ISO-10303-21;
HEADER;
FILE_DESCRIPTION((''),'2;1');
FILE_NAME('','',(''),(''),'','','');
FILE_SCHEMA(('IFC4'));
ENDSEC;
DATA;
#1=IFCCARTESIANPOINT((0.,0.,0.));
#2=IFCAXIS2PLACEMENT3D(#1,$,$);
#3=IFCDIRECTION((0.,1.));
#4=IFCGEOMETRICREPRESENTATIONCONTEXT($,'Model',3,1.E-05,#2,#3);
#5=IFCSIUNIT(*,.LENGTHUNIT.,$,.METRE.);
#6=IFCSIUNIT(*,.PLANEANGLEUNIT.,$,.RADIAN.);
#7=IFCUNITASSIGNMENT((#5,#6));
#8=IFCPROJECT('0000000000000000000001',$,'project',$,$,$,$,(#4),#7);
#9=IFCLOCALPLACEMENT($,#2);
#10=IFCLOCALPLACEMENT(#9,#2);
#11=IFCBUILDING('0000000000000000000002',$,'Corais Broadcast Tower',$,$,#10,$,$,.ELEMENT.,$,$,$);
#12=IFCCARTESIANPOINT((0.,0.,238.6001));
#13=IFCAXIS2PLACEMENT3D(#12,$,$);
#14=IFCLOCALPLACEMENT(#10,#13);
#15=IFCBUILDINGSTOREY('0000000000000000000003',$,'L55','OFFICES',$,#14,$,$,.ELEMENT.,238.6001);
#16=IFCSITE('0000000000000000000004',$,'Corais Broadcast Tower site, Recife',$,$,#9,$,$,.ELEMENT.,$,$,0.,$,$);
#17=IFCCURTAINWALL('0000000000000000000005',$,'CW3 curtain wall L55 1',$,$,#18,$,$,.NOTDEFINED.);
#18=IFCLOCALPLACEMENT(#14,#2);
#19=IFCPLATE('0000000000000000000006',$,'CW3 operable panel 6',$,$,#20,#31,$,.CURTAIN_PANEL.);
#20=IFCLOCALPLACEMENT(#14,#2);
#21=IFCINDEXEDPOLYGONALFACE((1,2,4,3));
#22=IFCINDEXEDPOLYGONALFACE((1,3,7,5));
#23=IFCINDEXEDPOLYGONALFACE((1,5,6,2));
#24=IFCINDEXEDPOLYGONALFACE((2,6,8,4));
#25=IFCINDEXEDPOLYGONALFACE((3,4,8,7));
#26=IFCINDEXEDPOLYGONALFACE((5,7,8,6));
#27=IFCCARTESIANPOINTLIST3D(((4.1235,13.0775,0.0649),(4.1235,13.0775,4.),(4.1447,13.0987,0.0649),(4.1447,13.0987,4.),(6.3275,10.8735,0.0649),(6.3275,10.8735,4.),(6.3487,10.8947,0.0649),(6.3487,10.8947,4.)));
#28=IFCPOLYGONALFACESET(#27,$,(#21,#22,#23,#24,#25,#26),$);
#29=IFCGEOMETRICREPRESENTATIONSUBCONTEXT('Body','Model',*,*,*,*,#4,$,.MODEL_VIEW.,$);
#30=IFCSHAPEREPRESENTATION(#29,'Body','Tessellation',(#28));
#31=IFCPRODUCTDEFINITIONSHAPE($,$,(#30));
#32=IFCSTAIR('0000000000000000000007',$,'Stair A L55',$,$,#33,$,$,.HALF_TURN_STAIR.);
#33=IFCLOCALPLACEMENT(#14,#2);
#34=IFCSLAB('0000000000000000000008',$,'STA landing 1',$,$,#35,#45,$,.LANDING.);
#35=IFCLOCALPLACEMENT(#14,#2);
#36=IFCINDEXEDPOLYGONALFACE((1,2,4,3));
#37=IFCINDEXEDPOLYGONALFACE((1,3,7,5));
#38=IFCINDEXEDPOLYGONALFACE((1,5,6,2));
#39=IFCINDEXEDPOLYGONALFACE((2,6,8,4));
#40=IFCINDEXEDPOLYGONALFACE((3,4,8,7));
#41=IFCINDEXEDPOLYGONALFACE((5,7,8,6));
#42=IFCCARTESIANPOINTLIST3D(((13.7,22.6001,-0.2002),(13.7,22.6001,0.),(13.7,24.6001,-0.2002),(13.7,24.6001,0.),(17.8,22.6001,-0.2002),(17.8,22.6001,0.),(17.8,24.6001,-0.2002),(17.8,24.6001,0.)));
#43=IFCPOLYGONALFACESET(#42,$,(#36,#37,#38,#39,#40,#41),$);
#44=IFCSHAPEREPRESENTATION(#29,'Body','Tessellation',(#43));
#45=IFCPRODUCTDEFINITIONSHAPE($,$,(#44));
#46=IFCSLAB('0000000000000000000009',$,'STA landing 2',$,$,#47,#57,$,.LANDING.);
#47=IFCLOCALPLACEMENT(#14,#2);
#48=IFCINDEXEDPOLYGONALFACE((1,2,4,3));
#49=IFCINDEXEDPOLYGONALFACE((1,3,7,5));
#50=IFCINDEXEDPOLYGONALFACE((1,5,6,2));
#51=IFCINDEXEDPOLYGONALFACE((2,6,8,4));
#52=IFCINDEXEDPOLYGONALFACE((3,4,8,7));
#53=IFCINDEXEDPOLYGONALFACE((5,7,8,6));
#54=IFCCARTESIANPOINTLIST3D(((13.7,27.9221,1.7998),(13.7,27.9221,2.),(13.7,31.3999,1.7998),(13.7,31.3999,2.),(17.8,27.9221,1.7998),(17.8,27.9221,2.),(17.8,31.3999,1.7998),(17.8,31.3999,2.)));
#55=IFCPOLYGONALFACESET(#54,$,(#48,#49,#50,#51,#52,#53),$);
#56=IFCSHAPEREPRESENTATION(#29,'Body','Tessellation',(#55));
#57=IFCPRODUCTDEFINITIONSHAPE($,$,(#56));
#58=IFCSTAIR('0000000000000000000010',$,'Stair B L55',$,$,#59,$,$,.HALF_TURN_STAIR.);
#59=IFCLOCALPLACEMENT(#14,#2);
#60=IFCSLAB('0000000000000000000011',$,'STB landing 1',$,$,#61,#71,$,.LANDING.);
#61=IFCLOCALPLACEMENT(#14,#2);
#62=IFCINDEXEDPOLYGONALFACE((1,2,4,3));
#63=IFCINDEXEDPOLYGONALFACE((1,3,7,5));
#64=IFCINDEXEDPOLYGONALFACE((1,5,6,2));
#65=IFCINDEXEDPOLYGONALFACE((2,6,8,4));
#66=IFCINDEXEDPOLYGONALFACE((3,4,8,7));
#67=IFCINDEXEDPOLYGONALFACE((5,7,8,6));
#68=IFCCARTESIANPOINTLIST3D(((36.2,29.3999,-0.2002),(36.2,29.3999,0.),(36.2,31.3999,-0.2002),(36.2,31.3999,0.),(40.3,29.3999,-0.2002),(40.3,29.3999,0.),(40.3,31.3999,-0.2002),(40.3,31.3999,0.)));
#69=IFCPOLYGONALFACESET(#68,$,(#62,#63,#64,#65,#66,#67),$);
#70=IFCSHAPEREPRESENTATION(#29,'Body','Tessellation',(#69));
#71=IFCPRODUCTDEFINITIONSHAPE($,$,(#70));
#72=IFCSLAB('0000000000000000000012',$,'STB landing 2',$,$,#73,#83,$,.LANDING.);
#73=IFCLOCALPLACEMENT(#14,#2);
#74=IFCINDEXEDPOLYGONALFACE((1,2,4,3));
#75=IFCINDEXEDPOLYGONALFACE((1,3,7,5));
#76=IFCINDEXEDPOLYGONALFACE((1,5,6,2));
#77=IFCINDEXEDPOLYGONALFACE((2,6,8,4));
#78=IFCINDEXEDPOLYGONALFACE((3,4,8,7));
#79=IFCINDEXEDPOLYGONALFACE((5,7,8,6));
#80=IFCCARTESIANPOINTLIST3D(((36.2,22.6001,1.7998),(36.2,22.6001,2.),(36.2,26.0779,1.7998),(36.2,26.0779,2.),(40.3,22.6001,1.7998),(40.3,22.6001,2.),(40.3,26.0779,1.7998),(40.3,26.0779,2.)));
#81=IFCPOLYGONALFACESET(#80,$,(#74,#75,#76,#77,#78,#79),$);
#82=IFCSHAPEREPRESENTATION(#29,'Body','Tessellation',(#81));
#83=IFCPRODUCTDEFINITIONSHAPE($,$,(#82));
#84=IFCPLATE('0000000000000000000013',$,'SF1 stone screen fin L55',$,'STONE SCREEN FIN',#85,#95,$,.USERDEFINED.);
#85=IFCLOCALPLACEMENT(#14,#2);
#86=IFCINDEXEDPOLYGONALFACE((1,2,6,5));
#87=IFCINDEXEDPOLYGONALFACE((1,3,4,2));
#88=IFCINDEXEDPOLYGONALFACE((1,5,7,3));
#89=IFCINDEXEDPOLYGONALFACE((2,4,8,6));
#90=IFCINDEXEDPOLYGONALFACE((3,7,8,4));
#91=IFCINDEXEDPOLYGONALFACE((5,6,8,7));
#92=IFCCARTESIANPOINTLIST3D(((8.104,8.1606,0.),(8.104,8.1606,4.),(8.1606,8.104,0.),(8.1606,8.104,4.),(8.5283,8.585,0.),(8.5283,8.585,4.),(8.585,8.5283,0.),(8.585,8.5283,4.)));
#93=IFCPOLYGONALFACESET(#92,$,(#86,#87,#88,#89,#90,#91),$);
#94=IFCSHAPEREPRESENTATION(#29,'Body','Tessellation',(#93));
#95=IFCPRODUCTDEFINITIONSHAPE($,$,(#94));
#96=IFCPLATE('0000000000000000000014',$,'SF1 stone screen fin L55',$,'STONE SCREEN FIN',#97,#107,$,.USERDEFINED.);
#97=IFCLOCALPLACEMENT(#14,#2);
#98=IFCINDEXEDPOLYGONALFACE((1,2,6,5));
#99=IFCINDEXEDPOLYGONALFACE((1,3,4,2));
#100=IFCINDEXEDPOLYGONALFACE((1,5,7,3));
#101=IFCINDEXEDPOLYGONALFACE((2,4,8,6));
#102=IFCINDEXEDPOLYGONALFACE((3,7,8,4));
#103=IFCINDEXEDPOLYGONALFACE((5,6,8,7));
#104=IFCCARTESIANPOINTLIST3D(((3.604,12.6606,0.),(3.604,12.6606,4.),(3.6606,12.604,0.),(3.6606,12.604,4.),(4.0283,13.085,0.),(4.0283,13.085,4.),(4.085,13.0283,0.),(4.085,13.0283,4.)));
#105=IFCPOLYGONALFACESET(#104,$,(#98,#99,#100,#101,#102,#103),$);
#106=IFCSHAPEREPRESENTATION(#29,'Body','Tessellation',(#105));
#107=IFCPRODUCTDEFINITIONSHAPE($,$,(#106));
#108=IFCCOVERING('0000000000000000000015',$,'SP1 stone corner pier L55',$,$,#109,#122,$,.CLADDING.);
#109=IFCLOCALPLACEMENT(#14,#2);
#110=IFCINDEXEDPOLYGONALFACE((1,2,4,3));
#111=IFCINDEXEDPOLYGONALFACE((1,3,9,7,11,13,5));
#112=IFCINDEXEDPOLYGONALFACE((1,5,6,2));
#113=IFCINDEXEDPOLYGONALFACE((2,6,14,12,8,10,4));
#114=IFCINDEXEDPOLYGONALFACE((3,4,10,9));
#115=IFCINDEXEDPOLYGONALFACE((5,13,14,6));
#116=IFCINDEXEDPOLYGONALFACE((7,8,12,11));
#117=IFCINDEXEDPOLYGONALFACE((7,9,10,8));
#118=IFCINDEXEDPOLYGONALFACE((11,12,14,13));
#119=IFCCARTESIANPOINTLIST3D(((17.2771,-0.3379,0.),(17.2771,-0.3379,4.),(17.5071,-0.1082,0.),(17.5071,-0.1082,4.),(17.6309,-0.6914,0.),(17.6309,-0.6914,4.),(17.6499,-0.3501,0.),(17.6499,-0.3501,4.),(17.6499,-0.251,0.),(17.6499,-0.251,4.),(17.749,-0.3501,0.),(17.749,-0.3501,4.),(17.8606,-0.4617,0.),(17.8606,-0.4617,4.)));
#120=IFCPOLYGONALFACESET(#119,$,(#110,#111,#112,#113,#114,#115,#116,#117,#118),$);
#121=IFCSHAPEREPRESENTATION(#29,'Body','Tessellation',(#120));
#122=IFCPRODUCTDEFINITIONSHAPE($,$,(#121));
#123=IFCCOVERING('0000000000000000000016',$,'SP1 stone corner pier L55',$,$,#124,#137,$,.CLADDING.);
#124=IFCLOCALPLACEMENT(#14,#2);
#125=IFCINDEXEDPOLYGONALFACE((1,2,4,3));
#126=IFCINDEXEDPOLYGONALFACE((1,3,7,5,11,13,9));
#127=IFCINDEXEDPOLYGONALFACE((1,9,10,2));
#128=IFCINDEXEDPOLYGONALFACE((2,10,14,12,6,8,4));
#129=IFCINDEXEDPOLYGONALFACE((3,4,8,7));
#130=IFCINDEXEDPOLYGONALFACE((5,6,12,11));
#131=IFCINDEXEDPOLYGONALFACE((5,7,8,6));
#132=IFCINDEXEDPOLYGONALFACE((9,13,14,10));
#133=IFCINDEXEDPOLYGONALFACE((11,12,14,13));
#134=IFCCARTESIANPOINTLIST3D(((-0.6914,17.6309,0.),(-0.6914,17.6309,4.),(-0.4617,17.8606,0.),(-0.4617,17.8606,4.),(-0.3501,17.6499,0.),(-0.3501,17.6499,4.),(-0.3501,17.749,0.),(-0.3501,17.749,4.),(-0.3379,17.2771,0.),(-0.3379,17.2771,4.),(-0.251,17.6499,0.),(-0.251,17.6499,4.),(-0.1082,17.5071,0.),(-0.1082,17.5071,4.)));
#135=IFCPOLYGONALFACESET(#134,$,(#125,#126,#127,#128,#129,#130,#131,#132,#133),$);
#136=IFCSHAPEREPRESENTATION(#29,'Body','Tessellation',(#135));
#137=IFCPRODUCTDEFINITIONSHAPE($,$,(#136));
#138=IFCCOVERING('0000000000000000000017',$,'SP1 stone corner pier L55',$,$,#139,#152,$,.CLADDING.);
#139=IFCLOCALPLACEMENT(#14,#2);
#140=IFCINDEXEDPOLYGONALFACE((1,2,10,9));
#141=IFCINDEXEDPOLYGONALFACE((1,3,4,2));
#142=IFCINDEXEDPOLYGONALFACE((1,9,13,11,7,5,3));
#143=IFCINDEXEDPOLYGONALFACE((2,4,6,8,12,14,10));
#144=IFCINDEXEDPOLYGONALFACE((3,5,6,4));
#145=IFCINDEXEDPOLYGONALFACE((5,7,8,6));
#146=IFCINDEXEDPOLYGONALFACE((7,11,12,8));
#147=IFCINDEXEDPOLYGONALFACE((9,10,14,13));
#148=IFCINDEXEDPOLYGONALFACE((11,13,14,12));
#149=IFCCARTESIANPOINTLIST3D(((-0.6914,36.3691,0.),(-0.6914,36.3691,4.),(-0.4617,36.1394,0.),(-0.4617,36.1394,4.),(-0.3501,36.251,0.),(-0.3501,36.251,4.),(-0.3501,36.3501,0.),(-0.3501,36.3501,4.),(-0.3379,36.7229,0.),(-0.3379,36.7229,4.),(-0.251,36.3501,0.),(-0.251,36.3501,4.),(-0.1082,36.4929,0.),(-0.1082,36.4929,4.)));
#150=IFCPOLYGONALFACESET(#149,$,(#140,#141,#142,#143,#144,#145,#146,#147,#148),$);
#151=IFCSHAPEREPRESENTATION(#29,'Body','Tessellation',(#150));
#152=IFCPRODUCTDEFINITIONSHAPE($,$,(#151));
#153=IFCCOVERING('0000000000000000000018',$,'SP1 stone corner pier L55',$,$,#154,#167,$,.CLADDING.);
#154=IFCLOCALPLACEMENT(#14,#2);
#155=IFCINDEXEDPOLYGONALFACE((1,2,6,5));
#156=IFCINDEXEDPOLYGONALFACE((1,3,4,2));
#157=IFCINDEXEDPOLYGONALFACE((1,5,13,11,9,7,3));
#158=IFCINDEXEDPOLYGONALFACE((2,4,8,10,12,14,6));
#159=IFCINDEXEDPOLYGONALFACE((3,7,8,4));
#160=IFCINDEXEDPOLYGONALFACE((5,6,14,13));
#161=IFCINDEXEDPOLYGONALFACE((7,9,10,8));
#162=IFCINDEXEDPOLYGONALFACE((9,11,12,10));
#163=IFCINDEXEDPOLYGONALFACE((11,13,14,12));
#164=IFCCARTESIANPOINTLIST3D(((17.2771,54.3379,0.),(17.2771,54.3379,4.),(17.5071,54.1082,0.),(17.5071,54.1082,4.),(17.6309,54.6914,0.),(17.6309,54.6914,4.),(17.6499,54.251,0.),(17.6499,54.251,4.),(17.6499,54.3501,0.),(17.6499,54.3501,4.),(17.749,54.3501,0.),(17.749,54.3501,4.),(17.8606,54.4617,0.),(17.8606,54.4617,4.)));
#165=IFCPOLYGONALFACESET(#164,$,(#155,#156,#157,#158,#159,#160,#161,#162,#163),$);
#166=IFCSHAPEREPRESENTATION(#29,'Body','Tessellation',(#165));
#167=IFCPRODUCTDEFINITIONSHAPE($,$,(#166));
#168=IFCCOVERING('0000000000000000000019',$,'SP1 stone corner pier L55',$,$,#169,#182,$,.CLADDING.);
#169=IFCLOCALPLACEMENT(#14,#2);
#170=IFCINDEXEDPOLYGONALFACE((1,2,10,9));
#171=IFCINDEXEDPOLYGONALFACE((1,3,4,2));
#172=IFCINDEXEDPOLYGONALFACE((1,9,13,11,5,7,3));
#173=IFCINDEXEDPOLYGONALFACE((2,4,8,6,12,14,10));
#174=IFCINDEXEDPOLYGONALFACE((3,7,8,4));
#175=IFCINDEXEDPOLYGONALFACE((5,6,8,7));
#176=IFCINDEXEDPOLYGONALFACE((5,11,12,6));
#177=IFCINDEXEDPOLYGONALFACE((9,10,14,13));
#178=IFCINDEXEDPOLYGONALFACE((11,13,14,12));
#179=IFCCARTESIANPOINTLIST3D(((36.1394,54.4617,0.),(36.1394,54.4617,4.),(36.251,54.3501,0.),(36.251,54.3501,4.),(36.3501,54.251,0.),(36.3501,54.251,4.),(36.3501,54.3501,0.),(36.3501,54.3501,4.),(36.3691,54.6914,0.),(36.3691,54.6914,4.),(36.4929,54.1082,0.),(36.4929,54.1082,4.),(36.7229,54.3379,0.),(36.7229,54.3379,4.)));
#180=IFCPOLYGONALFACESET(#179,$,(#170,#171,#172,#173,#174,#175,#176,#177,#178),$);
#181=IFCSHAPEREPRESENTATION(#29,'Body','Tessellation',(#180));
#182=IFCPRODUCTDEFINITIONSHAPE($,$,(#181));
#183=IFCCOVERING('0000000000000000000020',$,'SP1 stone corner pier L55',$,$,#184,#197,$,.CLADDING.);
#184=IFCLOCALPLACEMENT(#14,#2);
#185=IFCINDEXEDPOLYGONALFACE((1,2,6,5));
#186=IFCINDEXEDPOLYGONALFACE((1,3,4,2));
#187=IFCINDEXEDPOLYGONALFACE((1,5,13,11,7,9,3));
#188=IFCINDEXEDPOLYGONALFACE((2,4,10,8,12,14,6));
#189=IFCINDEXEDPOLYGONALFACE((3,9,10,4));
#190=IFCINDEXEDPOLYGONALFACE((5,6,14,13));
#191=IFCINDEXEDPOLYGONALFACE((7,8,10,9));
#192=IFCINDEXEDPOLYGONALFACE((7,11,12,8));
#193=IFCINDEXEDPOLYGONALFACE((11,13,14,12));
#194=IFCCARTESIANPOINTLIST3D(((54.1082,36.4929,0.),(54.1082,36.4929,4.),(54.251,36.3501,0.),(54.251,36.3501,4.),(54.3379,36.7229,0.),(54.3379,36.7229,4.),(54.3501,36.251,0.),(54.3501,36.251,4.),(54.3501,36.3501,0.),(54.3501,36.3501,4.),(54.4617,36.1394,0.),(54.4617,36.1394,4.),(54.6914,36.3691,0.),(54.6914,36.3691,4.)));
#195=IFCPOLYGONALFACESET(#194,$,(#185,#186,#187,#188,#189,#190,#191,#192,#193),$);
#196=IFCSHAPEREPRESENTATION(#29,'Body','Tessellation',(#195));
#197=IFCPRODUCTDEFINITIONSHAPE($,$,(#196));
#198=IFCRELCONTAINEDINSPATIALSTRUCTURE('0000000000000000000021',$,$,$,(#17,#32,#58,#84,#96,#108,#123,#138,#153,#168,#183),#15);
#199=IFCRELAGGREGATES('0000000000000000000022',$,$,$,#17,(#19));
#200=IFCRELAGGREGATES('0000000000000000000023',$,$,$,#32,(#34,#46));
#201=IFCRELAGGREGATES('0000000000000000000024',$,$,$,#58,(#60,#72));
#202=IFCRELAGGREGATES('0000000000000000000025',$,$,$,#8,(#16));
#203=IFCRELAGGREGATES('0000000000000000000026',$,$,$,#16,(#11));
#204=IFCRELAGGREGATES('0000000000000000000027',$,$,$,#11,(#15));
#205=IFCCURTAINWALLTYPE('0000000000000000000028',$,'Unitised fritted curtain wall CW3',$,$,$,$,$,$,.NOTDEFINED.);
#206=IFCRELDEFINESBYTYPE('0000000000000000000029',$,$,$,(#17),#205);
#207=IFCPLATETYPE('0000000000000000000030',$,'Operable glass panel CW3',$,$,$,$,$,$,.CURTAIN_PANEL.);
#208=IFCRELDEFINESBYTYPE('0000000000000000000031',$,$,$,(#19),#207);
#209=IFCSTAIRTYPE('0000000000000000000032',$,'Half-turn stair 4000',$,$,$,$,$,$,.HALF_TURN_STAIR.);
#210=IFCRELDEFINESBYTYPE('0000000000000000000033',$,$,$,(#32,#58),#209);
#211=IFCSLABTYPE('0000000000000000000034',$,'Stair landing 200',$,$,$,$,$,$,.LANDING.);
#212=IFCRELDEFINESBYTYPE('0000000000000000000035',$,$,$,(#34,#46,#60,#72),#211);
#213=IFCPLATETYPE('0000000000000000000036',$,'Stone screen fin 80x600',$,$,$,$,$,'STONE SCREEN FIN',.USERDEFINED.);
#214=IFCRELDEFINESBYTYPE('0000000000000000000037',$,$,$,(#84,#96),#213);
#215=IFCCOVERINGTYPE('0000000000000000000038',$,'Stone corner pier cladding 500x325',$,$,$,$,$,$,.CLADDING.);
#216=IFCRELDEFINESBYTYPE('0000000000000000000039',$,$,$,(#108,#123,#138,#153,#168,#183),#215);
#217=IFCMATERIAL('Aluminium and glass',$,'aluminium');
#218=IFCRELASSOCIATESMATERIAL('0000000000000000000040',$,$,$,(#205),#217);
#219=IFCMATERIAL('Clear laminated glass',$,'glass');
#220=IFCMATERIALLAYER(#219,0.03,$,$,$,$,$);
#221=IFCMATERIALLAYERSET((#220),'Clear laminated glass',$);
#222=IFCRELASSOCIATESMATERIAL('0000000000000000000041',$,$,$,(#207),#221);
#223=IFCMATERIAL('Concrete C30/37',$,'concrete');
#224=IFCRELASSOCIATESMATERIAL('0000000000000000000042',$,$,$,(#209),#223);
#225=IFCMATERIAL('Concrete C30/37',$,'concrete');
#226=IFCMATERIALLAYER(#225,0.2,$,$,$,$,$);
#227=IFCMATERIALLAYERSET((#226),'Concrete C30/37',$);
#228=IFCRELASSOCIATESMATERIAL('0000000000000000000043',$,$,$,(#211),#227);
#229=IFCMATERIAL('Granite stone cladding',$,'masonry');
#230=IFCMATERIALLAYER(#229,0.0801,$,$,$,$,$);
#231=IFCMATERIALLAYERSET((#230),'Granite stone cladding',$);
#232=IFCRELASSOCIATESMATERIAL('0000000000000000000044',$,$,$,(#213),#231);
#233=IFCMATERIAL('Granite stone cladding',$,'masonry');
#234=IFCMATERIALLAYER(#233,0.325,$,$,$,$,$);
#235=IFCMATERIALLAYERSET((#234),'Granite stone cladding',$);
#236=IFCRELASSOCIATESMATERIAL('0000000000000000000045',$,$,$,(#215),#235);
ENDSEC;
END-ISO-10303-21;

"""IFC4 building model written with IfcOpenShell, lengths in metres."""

from ifc_helpers import new_model, si_unit, direction, frame, origin, origin_2d, place, context, subcontext, project, spatial, polyline, rectangle, outline, extrude, material, layer, layer_set, type_object, element, aggregate, save


model = new_model("IFC4")

# Units and contexts
model_context = context("Model", 3, precision=1e-05, world=origin(), true_north=direction((0.0, 1.0)))
body_context = subcontext(model_context, "Body", "Model", "MODEL_VIEW")
ifc_project = project(units=[si_unit("LENGTHUNIT", "METRE"), si_unit("PLANEANGLEUNIT", "RADIAN")], contexts=[model_context])

# Site, building, storey
site_placement = place(None, origin())
site = spatial("IfcSite", under=ifc_project, at=site_placement, Name="Corais Broadcast Tower site, Recife", CompositionType="ELEMENT", RefElevation=0.0)
building_placement = place(site_placement, origin())
building = spatial("IfcBuilding", under=site, at=building_placement, Name="Corais Broadcast Tower", CompositionType="ELEMENT")
storey_placement = place(building_placement, frame((0.0, 0.0, 238.6001)))
storey = spatial("IfcBuildingStorey", under=building, at=storey_placement, Name="L55", Description="OFFICES", CompositionType="ELEMENT", Elevation=238.6001)

# Curtain wall
ifc_material_1 = material(Name="Aluminium and glass", Category="aluminium")
curtain_wall_type = type_object("IfcCurtainWallType", Name="Unitised fritted curtain wall CW3", PredefinedType="NOTDEFINED", material=ifc_material_1)
curtain_wall_placement = place(storey_placement, origin())
curtain_wall = element("IfcCurtainWall", 1, at=curtain_wall_placement, inside=storey, type_object=curtain_wall_type, Name="CW3 curtain wall L55 1", PredefinedType="NOTDEFINED")

# Plate
ifc_material_2 = material(Name="Clear laminated glass", Category="glass")
ifc_layer_1 = layer(ifc_material_2, 0.03)
ifc_layer_set_1 = layer_set([ifc_layer_1], Name="Clear laminated glass")
plate_type_1 = type_object("IfcPlateType", Name="Operable glass panel CW3", PredefinedType="CURTAIN_PANEL", material=ifc_layer_set_1)
plate_1_placement = place(storey_placement, frame((5.2361, 11.9861, 0.0649), z_axis=(0.0, 0.0, 1.0), x_axis=(-0.707107, 0.707107, 0.0)))
plate_1 = element("IfcPlate", 2, at=plate_1_placement, type_object=plate_type_1, Name="CW3 operable panel 6", PredefinedType="CURTAIN_PANEL", context=body_context, shape_type="SweptSolid", body=[
    extrude(rectangle(XDim=3.1169, YDim=0.03, at=origin_2d()), origin(), (0.0, 0.0, 1.0), 3.9351),
])
aggregate(curtain_wall, [plate_1])

# Stairs, slabs
ifc_material_3 = material(Name="Concrete C30/37", Category="concrete")
stair_type = type_object("IfcStairType", Name="Half-turn stair 4000", PredefinedType="HALF_TURN_STAIR", material=ifc_material_3)
stair_1_placement = place(storey_placement, origin())
stair_1 = element("IfcStair", 3, at=stair_1_placement, inside=storey, type_object=stair_type, Name="Stair A L55", PredefinedType="HALF_TURN_STAIR")
ifc_material_4 = material(Name="Concrete C30/37", Category="concrete")
ifc_layer_2 = layer(ifc_material_4, 0.2)
ifc_layer_set_2 = layer_set([ifc_layer_2], Name="Concrete C30/37")
slab_type_1 = type_object("IfcSlabType", Name="Stair landing 200", PredefinedType="LANDING", material=ifc_layer_set_2)
slab_1_placement = place(storey_placement, frame((0.0, 0.0, -0.2002)))
slab_1 = element("IfcSlab", 4, at=slab_1_placement, type_object=slab_type_1, Name="STA landing 1", PredefinedType="LANDING", context=body_context, shape_type="SweptSolid", body=[
    extrude(outline(polyline([(13.7, 22.6001), (17.8, 22.6001), (17.8, 24.6001), (13.7, 24.6001), (13.7, 22.6001)])), origin(), (0.0, 0.0, 1.0), 0.2002),
])
slab_2_placement = place(storey_placement, frame((0.0, 0.0, 1.7998)))
slab_2 = element("IfcSlab", 5, at=slab_2_placement, type_object=slab_type_1, Name="STA landing 2", PredefinedType="LANDING", context=body_context, shape_type="SweptSolid", body=[
    extrude(outline(polyline([(13.7, 27.9221), (17.8, 27.9221), (17.8, 31.3999), (13.7, 31.3999), (13.7, 27.9221)])), origin(), (0.0, 0.0, 1.0), 0.2002),
])
aggregate(stair_1, [slab_1, slab_2])
stair_2_placement = place(storey_placement, origin())
stair_2 = element("IfcStair", 6, at=stair_2_placement, inside=storey, type_object=stair_type, Name="Stair B L55", PredefinedType="HALF_TURN_STAIR")
slab_3_placement = place(storey_placement, frame((0.0, 0.0, -0.2002)))
slab_3 = element("IfcSlab", 7, at=slab_3_placement, type_object=slab_type_1, Name="STB landing 1", PredefinedType="LANDING", context=body_context, shape_type="SweptSolid", body=[
    extrude(outline(polyline([(36.2, 29.3999), (40.3, 29.3999), (40.3, 31.3999), (36.2, 31.3999), (36.2, 29.3999)])), origin(), (0.0, 0.0, 1.0), 0.2002),
])
slab_4_placement = place(storey_placement, frame((0.0, 0.0, 1.7998)))
slab_4 = element("IfcSlab", 8, at=slab_4_placement, type_object=slab_type_1, Name="STB landing 2", PredefinedType="LANDING", context=body_context, shape_type="SweptSolid", body=[
    extrude(outline(polyline([(36.2, 22.6001), (40.3, 22.6001), (40.3, 26.0779), (36.2, 26.0779), (36.2, 22.6001)])), origin(), (0.0, 0.0, 1.0), 0.2002),
])
aggregate(stair_2, [slab_3, slab_4])

# Plates
ifc_material_5 = material(Name="Granite stone cladding", Category="masonry")
ifc_layer_3 = layer(ifc_material_5, 0.0801)
ifc_layer_set_3 = layer_set([ifc_layer_3], Name="Granite stone cladding")
plate_type_2 = type_object("IfcPlateType", Name="Stone screen fin 80x600", ElementType="STONE SCREEN FIN", PredefinedType="USERDEFINED", material=ifc_layer_set_3)
for number, where, z_axis, x_axis, name in (
    (9, (8.3445, 8.3445, 0.0), (0.0, 0.0, 1.0), (-0.707107, 0.707107, 0.0), "SF1 stone screen fin L55"),
    (10, (3.8445, 12.8445, 0.0), (0.0, 0.0, 1.0), (-0.707107, 0.707107, 0.0), "SF1 stone screen fin L55"),
):
    element("IfcPlate", number, at=place(storey_placement, frame(where, z_axis=z_axis, x_axis=x_axis)), inside=storey, type_object=plate_type_2, Name=name, ObjectType="STONE SCREEN FIN", PredefinedType="USERDEFINED", context=body_context, shape_type="SweptSolid", body=[
        extrude(rectangle(XDim=0.0801, YDim=0.6001, at=origin_2d()), origin(), (0.0, 0.0, 1.0), 4.0),
    ])

# Coverings
ifc_material_6 = material(Name="Granite stone cladding", Category="masonry")
ifc_layer_4 = layer(ifc_material_6, 0.325)
ifc_layer_set_4 = layer_set([ifc_layer_4], Name="Granite stone cladding")
covering_type_1 = type_object("IfcCoveringType", Name="Stone corner pier cladding 500x325", PredefinedType="CLADDING", material=ifc_layer_set_4)
covering_1_placement = place(storey_placement, origin())
element("IfcCovering", 11, at=covering_1_placement, inside=storey, type_object=covering_type_1, Name="SP1 stone corner pier L55", PredefinedType="CLADDING", context=body_context, shape_type="SweptSolid", body=[
    extrude(outline(polyline([(17.8606, -0.4617), (17.749, -0.3501), (17.6499, -0.3501), (17.6499, -0.251), (17.5071, -0.1082), (17.2771, -0.3379), (17.6309, -0.6914), (17.8606, -0.4617)])), origin(), (0.0, 0.0, 1.0), 4.0),
])
covering_2_placement = place(storey_placement, origin())
element("IfcCovering", 12, at=covering_2_placement, inside=storey, type_object=covering_type_1, Name="SP1 stone corner pier L55", PredefinedType="CLADDING", context=body_context, shape_type="SweptSolid", body=[
    extrude(outline(polyline([(-0.3501, 17.749), (-0.4617, 17.8606), (-0.6914, 17.6309), (-0.3379, 17.2771), (-0.1082, 17.5071), (-0.251, 17.6499), (-0.3501, 17.6499), (-0.3501, 17.749)])), origin(), (0.0, 0.0, 1.0), 4.0),
])
covering_3_placement = place(storey_placement, origin())
element("IfcCovering", 13, at=covering_3_placement, inside=storey, type_object=covering_type_1, Name="SP1 stone corner pier L55", PredefinedType="CLADDING", context=body_context, shape_type="SweptSolid", body=[
    extrude(outline(polyline([(-0.4617, 36.1394), (-0.3501, 36.251), (-0.3501, 36.3501), (-0.251, 36.3501), (-0.1082, 36.4929), (-0.3379, 36.7229), (-0.6914, 36.3691), (-0.4617, 36.1394)])), origin(), (0.0, 0.0, 1.0), 4.0),
])
covering_4_placement = place(storey_placement, origin())
element("IfcCovering", 14, at=covering_4_placement, inside=storey, type_object=covering_type_1, Name="SP1 stone corner pier L55", PredefinedType="CLADDING", context=body_context, shape_type="SweptSolid", body=[
    extrude(outline(polyline([(17.749, 54.3501), (17.8606, 54.4617), (17.6309, 54.6914), (17.2771, 54.3379), (17.5071, 54.1082), (17.6499, 54.251), (17.6499, 54.3501), (17.749, 54.3501)])), origin(), (0.0, 0.0, 1.0), 4.0),
])
covering_5_placement = place(storey_placement, origin())
element("IfcCovering", 15, at=covering_5_placement, inside=storey, type_object=covering_type_1, Name="SP1 stone corner pier L55", PredefinedType="CLADDING", context=body_context, shape_type="SweptSolid", body=[
    extrude(outline(polyline([(36.1394, 54.4617), (36.251, 54.3501), (36.3501, 54.3501), (36.3501, 54.251), (36.4929, 54.1082), (36.7229, 54.3379), (36.3691, 54.6914), (36.1394, 54.4617)])), origin(), (0.0, 0.0, 1.0), 4.0),
])
covering_6_placement = place(storey_placement, origin())
element("IfcCovering", 16, at=covering_6_placement, inside=storey, type_object=covering_type_1, Name="SP1 stone corner pier L55", PredefinedType="CLADDING", context=body_context, shape_type="SweptSolid", body=[
    extrude(outline(polyline([(54.3501, 36.251), (54.4617, 36.1394), (54.6914, 36.3691), (54.3379, 36.7229), (54.1082, 36.4929), (54.251, 36.3501), (54.3501, 36.3501), (54.3501, 36.251)])), origin(), (0.0, 0.0, 1.0), 4.0),
])

save(model, "model.ifc")
